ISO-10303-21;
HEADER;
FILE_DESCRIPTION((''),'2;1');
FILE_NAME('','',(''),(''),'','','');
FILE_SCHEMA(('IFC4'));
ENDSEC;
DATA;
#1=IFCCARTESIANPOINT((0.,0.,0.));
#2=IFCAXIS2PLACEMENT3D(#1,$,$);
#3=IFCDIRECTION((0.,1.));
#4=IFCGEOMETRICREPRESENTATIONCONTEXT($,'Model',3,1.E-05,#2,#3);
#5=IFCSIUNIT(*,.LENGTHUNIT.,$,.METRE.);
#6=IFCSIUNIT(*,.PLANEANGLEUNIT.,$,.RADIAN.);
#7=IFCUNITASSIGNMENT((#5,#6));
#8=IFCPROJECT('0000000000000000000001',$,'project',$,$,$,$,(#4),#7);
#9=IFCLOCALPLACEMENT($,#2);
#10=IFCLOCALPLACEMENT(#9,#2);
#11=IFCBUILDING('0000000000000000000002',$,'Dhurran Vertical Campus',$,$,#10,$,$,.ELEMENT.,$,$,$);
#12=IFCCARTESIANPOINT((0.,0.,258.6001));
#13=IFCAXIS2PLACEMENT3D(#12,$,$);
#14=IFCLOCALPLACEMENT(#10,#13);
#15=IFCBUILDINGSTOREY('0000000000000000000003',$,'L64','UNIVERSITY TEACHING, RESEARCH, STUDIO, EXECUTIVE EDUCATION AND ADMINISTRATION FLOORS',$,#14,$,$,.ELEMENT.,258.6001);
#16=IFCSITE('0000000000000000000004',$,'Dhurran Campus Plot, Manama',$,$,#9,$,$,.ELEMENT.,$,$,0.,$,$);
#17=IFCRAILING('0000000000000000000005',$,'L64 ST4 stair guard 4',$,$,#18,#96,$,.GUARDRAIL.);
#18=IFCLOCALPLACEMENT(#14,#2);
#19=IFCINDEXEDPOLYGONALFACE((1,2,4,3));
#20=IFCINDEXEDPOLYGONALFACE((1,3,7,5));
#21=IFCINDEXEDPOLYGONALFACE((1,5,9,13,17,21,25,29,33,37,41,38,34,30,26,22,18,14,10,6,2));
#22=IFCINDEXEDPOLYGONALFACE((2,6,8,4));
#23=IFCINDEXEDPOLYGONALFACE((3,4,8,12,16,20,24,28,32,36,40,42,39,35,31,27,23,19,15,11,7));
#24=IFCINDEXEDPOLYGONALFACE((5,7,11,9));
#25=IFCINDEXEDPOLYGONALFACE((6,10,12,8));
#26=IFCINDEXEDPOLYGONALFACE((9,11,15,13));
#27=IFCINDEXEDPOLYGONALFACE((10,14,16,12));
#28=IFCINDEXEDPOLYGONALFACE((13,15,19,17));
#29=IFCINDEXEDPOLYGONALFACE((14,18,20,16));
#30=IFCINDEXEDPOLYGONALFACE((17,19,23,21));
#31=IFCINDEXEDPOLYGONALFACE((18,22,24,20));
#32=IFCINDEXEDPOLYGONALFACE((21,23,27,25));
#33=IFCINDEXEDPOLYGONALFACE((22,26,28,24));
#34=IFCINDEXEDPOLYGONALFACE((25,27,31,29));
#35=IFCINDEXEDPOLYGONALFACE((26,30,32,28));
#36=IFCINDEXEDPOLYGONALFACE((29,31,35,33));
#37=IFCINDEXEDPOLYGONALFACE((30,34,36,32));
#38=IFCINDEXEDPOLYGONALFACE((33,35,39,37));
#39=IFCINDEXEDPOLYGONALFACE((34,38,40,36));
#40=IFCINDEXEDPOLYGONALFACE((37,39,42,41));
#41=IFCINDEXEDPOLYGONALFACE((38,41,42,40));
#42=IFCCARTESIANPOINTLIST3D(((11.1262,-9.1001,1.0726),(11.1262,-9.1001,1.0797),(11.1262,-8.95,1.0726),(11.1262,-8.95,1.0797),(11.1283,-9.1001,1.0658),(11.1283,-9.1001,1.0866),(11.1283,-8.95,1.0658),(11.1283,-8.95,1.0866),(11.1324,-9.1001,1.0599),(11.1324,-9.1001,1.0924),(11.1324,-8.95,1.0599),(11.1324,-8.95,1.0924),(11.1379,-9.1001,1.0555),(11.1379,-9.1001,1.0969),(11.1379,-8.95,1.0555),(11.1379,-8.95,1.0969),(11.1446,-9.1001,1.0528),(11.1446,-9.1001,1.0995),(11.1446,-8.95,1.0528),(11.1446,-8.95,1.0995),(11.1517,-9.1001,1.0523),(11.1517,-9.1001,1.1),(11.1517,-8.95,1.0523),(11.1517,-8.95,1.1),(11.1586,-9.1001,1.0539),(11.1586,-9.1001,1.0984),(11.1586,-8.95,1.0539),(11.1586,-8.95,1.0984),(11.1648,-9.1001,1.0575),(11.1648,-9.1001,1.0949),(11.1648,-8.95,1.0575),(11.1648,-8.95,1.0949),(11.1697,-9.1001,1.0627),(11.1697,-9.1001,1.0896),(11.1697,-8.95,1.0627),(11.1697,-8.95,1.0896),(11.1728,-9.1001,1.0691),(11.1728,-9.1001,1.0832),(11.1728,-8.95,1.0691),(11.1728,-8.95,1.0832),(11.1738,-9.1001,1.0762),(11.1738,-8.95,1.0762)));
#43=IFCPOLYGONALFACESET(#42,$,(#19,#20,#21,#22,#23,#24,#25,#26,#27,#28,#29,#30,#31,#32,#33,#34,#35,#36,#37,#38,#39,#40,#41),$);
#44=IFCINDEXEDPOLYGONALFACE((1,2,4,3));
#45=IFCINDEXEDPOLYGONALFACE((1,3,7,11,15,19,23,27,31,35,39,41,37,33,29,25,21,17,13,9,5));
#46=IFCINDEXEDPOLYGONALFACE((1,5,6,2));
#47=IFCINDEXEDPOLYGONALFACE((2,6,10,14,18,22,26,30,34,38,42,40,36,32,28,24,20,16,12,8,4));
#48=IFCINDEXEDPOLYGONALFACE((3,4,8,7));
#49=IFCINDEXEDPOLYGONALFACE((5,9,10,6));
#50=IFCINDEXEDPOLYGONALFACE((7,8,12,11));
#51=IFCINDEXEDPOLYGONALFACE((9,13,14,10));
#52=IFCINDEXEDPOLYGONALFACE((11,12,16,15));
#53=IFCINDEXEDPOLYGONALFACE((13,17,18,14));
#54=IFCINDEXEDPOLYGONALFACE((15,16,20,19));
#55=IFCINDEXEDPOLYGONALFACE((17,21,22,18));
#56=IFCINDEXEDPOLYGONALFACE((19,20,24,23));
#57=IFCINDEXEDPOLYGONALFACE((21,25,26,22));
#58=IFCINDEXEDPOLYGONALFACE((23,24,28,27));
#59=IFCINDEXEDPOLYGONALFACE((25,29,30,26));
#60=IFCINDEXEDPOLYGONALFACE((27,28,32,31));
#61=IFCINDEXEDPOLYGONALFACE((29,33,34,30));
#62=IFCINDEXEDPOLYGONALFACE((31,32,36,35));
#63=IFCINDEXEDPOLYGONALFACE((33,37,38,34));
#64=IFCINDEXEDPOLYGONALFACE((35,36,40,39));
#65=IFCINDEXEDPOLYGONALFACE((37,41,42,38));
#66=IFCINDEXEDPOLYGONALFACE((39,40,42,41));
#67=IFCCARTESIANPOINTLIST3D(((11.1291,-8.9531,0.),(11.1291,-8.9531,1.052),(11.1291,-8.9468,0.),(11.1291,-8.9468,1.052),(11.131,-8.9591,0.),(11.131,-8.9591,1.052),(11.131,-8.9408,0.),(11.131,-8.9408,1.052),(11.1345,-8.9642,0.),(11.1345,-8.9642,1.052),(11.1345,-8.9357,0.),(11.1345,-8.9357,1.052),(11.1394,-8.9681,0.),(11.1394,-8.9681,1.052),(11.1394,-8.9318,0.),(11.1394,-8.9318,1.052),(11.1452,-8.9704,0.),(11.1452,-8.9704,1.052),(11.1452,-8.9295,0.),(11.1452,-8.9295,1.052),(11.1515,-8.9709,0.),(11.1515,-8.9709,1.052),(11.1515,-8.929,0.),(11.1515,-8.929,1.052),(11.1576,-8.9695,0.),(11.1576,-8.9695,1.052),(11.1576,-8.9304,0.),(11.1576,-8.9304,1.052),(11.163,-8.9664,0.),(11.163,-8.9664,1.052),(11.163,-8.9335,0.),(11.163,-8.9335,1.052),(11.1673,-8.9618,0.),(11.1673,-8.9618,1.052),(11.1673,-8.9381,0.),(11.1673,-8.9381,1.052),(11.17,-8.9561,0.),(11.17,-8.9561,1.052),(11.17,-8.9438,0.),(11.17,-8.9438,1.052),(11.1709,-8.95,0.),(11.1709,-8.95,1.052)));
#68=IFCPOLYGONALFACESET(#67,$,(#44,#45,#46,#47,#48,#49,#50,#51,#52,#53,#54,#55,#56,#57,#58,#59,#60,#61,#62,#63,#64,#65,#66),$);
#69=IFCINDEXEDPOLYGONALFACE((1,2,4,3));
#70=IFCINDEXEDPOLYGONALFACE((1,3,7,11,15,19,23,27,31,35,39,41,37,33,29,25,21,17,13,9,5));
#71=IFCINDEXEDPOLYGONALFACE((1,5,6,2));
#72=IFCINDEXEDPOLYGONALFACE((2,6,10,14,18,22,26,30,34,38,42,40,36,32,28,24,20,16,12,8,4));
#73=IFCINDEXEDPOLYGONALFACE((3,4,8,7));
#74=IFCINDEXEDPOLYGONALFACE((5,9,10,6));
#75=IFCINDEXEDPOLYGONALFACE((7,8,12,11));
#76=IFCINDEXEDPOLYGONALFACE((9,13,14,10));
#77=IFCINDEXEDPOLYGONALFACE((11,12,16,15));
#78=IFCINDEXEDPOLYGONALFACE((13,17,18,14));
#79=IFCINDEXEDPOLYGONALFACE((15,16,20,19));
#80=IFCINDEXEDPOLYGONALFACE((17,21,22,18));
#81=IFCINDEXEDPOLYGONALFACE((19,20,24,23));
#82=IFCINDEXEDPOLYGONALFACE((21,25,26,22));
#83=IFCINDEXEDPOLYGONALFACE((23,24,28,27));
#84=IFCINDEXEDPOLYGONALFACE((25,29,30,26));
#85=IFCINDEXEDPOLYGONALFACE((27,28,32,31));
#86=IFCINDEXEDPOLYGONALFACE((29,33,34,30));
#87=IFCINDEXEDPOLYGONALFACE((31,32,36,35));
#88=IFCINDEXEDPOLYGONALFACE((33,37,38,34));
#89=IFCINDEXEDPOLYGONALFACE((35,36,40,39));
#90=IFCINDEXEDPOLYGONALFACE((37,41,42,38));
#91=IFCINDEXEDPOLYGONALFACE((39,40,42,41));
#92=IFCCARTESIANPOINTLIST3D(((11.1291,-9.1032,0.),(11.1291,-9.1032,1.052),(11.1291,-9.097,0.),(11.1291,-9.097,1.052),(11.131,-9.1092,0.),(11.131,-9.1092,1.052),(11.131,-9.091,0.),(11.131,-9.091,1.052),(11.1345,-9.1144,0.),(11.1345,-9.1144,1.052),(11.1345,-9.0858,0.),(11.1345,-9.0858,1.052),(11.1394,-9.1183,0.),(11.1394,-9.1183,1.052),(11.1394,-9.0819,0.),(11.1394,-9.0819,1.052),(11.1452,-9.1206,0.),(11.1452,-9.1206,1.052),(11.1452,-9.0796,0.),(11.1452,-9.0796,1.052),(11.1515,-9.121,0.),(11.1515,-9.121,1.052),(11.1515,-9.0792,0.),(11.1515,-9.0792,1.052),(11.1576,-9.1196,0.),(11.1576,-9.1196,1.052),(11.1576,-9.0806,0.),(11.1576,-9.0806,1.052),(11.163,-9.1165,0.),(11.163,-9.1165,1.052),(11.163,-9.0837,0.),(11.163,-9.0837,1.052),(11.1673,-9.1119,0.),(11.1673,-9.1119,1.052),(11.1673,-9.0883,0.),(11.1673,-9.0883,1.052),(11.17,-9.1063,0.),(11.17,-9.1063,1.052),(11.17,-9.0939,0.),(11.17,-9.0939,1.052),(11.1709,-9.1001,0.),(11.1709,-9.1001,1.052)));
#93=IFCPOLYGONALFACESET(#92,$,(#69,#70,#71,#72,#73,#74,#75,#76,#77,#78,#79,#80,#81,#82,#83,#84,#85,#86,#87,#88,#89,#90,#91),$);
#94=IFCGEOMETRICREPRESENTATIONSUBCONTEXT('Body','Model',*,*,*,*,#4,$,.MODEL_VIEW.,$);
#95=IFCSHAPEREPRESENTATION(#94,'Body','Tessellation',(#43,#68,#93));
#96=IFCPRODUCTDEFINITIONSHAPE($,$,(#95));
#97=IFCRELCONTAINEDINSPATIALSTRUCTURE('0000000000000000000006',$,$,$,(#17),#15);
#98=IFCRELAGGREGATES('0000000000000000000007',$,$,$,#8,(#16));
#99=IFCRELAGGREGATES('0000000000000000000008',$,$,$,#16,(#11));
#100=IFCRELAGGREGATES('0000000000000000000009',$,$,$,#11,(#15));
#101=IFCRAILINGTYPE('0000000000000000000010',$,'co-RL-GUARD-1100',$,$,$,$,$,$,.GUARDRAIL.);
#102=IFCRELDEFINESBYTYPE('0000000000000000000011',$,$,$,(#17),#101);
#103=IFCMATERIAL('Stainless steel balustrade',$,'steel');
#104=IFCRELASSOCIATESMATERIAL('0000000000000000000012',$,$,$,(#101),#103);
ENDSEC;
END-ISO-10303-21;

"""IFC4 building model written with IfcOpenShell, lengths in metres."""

from ifc_helpers import new_model, si_unit, direction, frame, origin, origin_2d, place, context, subcontext, project, spatial, circle, extrude, material, type_object, element, save


model = new_model("IFC4")

# Units and contexts
model_context = context("Model", 3, precision=1e-05, world=origin(), true_north=direction((0.0, 1.0)))
body_context = subcontext(model_context, "Body", "Model", "MODEL_VIEW")
ifc_project = project(units=[si_unit("LENGTHUNIT", "METRE"), si_unit("PLANEANGLEUNIT", "RADIAN")], contexts=[model_context])

# Site, building, storey
site_placement = place(None, origin())
site = spatial("IfcSite", under=ifc_project, at=site_placement, Name="Dhurran Campus Plot, Manama", CompositionType="ELEMENT", RefElevation=0.0)
building_placement = place(site_placement, origin())
building = spatial("IfcBuilding", under=site, at=building_placement, Name="Dhurran Vertical Campus", CompositionType="ELEMENT")
storey_placement = place(building_placement, frame((0.0, 0.0, 258.6001)))
storey = spatial("IfcBuildingStorey", under=building, at=storey_placement, Name="L64", Description="UNIVERSITY TEACHING, RESEARCH, STUDIO, EXECUTIVE EDUCATION AND ADMINISTRATION FLOORS", CompositionType="ELEMENT", Elevation=258.6001)

# Railing
ifc_material_1 = material(Name="Stainless steel balustrade", Category="steel")
railing_type_1 = type_object("IfcRailingType", Name="co-RL-GUARD-1100", PredefinedType="GUARDRAIL", material=ifc_material_1)
railing_1_placement = place(storey_placement, frame((11.1499, -8.95, 0.0)))
element("IfcRailing", 1, at=railing_1_placement, inside=storey, type_object=railing_type_1, Name="L64 ST4 stair guard 4", PredefinedType="GUARDRAIL", context=body_context, shape_type="SweptSolid", body=[
    extrude(circle(Radius=0.0239, at=origin_2d()), frame((0.0, 0.0, 1.0762), z_axis=(0.0, -1.0, 0.0), x_axis=(1.0, 0.0, 0.0)), (0.0, 0.0, 1.0), 0.1501),
    extrude(circle(Radius=0.021, at=origin_2d()), origin(), (0.0, 0.0, 1.0), 1.052),
    extrude(circle(Radius=0.021, at=origin_2d()), frame((0.0, -0.1501, 0.0)), (0.0, 0.0, 1.0), 1.052),
])

save(model, "model.ifc")
